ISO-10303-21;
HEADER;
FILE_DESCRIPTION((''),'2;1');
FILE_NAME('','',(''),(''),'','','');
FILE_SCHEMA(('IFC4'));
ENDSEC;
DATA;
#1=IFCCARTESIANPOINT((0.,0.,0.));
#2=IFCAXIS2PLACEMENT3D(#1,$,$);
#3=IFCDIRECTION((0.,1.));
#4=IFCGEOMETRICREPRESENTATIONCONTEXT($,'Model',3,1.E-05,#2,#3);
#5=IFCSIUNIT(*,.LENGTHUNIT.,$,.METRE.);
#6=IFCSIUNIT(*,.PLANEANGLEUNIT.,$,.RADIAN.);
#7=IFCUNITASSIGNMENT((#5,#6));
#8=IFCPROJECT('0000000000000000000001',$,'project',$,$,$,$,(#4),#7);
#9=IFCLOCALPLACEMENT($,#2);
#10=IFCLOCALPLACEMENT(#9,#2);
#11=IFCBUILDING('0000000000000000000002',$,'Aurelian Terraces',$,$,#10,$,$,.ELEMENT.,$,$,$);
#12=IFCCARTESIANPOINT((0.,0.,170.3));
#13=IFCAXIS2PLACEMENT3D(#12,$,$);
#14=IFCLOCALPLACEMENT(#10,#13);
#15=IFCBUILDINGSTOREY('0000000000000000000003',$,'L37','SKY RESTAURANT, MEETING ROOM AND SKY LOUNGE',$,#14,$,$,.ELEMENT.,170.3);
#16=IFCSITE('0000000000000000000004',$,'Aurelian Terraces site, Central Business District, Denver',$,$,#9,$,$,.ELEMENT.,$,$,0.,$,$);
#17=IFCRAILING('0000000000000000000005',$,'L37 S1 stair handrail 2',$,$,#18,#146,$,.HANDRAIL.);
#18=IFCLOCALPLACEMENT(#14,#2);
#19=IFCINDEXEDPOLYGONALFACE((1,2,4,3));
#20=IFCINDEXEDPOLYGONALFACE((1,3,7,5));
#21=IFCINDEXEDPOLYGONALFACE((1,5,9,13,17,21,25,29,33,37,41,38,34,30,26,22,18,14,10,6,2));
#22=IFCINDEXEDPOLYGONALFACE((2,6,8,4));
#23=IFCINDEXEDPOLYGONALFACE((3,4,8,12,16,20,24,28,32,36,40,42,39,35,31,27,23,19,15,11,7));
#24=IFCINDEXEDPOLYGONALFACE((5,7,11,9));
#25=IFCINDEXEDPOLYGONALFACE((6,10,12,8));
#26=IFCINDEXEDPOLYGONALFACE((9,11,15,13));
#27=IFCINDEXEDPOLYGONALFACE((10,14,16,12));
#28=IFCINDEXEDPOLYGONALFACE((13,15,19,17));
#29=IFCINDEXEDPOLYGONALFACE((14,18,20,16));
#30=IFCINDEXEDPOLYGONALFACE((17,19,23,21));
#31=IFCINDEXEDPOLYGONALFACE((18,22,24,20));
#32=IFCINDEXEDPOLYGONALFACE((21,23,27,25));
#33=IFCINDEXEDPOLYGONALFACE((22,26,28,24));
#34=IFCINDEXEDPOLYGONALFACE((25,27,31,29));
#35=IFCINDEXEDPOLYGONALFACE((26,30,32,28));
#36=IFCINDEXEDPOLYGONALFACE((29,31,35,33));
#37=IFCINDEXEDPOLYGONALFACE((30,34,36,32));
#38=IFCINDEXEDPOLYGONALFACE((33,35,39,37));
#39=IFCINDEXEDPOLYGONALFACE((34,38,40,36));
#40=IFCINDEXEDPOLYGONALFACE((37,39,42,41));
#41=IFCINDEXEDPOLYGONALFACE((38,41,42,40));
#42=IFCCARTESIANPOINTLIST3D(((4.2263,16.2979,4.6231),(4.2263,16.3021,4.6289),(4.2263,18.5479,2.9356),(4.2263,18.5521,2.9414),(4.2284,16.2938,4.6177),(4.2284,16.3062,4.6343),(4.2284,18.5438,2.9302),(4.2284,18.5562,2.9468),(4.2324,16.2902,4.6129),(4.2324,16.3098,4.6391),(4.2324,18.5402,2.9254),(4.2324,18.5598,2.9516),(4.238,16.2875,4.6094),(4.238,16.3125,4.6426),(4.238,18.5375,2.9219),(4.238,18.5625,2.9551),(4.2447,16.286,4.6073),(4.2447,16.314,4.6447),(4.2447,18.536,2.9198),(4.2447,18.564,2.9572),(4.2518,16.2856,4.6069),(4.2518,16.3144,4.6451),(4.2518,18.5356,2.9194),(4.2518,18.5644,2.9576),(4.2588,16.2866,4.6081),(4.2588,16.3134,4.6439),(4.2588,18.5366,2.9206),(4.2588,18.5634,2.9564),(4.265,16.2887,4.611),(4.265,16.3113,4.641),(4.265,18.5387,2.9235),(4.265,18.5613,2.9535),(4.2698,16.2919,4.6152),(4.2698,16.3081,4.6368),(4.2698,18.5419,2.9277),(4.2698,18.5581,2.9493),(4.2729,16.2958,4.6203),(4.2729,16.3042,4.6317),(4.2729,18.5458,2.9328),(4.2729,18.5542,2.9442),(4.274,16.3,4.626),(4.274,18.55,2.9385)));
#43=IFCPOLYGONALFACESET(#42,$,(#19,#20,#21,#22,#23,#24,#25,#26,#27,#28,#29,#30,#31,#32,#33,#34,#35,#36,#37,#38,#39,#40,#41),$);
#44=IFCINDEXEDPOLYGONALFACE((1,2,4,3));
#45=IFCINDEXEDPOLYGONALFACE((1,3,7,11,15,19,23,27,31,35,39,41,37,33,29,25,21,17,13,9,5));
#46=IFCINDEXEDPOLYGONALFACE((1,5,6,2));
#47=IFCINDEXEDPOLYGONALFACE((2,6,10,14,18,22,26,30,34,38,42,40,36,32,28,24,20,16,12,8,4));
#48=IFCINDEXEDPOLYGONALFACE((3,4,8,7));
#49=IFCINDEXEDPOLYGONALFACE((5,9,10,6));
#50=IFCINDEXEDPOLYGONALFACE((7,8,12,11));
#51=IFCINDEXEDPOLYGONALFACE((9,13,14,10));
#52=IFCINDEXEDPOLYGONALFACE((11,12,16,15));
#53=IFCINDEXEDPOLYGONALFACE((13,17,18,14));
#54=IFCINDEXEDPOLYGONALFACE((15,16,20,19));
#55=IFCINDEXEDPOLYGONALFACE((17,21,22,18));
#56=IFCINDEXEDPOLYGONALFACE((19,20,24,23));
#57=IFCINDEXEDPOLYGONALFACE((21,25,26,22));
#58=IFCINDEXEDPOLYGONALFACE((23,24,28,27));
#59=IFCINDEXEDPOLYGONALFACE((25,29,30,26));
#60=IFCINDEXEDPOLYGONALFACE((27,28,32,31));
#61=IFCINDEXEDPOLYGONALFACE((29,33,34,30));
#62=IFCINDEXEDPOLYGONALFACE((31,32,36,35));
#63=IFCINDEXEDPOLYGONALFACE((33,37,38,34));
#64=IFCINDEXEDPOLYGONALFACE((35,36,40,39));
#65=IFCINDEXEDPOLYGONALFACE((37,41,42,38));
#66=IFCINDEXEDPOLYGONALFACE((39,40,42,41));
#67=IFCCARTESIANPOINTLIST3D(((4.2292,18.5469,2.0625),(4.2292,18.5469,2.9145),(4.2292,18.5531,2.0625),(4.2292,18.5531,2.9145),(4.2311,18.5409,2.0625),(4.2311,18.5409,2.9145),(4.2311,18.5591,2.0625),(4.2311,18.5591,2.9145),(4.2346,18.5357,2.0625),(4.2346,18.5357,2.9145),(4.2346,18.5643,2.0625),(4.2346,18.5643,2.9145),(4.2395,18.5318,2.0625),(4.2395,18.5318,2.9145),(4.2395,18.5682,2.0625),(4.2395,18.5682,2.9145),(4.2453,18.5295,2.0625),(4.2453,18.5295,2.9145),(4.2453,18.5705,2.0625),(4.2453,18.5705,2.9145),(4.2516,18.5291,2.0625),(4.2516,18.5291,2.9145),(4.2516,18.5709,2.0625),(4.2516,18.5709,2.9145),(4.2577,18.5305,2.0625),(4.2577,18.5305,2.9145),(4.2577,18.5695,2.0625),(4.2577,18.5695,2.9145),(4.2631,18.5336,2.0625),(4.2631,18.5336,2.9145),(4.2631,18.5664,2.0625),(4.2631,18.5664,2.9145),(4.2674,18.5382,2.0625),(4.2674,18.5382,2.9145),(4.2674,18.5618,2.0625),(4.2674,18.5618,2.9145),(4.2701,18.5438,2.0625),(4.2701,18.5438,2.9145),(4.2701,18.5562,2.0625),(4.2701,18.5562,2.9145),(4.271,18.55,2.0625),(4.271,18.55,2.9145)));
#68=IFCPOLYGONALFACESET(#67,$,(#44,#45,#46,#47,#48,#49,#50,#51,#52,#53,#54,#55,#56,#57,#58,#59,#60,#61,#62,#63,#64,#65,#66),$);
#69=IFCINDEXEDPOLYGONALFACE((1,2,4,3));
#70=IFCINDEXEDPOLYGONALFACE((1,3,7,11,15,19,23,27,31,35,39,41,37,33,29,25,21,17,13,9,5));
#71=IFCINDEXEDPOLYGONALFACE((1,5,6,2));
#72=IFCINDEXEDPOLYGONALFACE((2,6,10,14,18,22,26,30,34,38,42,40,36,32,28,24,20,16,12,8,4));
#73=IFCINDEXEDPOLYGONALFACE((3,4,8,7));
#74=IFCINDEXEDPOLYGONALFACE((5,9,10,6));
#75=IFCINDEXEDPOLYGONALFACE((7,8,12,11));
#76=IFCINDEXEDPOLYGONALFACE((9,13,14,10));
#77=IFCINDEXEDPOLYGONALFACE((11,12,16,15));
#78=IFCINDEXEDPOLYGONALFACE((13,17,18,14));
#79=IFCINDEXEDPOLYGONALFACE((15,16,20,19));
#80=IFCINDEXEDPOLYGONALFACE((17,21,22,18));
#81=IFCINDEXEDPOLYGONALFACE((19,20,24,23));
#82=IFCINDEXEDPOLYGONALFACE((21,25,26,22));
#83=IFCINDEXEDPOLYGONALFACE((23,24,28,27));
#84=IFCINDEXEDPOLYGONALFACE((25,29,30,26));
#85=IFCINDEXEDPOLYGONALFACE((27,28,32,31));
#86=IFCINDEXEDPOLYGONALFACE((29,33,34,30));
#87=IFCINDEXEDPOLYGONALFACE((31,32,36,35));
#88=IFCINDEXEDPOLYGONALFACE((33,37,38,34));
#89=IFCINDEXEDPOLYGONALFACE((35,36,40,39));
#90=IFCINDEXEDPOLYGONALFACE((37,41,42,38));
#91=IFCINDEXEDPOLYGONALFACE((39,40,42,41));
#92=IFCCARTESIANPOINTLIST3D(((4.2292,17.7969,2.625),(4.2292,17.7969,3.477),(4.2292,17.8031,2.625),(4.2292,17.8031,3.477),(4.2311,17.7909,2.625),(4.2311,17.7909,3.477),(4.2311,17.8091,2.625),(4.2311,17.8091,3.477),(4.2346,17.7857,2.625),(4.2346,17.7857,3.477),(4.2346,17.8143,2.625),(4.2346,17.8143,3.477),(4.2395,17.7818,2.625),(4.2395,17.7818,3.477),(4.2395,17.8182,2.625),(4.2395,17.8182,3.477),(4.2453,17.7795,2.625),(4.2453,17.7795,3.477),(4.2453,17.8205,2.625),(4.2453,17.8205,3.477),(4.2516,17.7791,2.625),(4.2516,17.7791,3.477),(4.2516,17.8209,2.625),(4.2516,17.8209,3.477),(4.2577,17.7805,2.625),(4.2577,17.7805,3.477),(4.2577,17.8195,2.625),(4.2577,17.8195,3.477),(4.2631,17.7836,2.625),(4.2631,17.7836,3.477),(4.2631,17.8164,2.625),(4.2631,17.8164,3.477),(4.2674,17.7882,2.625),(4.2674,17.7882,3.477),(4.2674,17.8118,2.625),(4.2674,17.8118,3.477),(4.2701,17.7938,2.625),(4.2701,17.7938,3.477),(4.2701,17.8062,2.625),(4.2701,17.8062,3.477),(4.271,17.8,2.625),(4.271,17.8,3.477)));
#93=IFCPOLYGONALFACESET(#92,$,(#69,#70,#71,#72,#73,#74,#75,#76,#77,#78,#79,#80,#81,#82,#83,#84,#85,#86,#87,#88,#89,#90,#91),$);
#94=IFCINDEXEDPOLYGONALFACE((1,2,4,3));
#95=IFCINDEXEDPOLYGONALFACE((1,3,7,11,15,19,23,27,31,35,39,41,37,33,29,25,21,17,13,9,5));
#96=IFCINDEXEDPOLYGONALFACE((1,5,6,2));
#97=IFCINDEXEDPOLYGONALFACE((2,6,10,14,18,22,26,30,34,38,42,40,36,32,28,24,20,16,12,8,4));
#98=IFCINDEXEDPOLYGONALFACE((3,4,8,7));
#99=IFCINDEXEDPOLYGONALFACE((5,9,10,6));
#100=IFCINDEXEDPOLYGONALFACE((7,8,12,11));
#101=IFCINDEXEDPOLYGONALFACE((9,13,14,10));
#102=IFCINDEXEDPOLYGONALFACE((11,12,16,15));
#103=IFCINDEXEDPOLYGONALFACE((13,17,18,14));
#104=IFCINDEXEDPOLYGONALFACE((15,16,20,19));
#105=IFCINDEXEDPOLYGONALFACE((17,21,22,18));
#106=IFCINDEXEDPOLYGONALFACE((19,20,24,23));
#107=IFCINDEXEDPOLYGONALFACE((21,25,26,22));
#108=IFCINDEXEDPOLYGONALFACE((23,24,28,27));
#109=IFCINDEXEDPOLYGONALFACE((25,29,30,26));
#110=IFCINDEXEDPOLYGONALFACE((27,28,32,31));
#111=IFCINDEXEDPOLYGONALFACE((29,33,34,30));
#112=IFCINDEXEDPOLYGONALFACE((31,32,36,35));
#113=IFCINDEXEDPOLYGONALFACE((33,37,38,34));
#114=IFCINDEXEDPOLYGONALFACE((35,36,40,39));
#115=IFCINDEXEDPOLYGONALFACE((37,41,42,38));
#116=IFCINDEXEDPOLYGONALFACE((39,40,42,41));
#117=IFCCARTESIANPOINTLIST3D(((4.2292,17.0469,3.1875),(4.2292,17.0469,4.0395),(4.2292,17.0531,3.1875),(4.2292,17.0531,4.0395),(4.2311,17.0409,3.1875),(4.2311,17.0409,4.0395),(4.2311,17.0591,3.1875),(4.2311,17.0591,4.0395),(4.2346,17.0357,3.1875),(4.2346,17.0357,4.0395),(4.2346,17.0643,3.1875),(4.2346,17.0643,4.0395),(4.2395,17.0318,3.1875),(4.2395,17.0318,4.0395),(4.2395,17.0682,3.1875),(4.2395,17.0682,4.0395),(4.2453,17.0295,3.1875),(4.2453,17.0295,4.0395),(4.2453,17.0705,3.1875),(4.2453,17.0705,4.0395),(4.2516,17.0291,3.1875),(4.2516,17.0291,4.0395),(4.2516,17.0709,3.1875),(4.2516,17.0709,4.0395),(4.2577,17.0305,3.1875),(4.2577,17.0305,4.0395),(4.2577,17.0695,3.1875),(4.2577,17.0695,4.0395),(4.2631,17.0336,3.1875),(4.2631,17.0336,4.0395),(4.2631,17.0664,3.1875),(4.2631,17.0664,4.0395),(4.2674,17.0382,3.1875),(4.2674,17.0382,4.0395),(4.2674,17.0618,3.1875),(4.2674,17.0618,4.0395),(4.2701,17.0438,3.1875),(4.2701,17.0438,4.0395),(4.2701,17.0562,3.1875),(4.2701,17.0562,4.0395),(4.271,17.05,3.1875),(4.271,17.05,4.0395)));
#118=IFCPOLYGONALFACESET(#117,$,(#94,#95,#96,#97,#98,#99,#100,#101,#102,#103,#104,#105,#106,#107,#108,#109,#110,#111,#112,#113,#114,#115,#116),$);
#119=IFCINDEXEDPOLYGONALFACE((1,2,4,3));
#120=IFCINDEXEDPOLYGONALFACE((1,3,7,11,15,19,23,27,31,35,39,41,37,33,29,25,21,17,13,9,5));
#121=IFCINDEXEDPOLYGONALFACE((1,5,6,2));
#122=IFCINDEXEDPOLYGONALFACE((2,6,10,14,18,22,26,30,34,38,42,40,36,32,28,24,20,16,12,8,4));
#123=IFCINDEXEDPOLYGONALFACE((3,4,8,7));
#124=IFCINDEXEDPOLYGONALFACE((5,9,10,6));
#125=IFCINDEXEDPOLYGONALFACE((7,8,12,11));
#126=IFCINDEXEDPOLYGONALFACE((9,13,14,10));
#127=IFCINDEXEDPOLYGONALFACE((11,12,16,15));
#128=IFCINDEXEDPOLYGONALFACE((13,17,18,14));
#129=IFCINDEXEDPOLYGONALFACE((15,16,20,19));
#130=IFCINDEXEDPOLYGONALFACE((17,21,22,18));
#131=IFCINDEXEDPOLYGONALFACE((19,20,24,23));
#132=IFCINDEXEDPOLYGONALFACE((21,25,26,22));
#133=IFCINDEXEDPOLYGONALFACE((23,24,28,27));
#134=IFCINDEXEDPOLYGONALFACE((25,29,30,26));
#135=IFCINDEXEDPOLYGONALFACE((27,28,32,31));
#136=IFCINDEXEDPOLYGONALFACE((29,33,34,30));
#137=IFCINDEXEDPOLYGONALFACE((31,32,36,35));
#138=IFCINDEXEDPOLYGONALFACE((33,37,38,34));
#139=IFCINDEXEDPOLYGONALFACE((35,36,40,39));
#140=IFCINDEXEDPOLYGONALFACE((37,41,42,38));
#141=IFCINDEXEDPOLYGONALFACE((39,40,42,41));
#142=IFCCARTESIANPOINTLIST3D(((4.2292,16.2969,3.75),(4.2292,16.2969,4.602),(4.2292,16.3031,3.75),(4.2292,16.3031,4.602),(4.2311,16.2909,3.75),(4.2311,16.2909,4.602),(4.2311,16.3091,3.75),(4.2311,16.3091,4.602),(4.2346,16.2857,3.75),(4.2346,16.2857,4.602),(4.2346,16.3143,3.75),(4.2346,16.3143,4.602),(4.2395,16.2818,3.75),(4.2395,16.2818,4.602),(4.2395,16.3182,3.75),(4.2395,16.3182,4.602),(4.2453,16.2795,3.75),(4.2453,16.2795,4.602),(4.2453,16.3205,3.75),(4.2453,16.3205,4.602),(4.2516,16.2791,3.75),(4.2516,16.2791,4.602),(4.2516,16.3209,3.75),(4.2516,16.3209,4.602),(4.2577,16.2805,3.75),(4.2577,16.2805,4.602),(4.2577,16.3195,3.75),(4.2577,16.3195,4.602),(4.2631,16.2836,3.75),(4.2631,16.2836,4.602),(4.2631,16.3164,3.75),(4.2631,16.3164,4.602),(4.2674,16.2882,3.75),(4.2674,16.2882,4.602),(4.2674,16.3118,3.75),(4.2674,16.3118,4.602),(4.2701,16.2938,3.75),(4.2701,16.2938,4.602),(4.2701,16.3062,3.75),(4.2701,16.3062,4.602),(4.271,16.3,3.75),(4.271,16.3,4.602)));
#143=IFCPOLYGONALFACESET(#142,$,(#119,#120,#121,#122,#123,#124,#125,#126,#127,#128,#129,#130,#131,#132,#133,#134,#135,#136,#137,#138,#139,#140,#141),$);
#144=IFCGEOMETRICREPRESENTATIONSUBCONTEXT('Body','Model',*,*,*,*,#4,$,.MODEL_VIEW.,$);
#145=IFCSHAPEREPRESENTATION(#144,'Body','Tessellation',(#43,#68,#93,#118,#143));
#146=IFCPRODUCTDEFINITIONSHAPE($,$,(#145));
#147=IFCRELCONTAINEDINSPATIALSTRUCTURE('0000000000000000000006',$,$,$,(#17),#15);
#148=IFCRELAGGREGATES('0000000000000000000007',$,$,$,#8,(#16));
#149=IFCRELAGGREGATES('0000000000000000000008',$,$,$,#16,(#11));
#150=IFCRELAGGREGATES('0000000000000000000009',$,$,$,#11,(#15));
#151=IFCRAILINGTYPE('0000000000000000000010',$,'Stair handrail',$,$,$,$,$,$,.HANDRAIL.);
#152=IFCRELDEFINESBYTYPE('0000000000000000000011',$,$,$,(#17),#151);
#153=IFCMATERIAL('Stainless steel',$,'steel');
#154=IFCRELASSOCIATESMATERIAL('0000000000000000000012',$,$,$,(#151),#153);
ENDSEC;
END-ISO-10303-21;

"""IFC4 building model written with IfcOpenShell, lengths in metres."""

from ifc_helpers import new_model, si_unit, direction, frame, origin, origin_2d, place, context, subcontext, project, spatial, circle, extrude, source, transform, mapped, material, type_object, element, save


model = new_model("IFC4")

# Units and contexts
model_context = context("Model", 3, precision=1e-05, world=origin(), true_north=direction((0.0, 1.0)))
body_context = subcontext(model_context, "Body", "Model", "MODEL_VIEW")
ifc_project = project(units=[si_unit("LENGTHUNIT", "METRE"), si_unit("PLANEANGLEUNIT", "RADIAN")], contexts=[model_context])

# Site, building, storey
site_placement = place(None, origin())
site = spatial("IfcSite", under=ifc_project, at=site_placement, Name="Aurelian Terraces site, Central Business District, Denver", CompositionType="ELEMENT", RefElevation=0.0)
building_placement = place(site_placement, origin())
building = spatial("IfcBuilding", under=site, at=building_placement, Name="Aurelian Terraces", CompositionType="ELEMENT")
storey_placement = place(building_placement, frame((0.0, 0.0, 170.3)))
storey = spatial("IfcBuildingStorey", under=building, at=storey_placement, Name="L37", Description="SKY RESTAURANT, MEETING ROOM AND SKY LOUNGE", CompositionType="ELEMENT", Elevation=170.3)

# Shared definitions
ifc_material_1 = material(Name="Stainless steel", Category="steel")

# Railing
railing_type_1 = type_object("IfcRailingType", Name="Stair handrail", PredefinedType="HANDRAIL", material=ifc_material_1)
shared_shape_1 = source(origin(), body_context, "Body", "SweptSolid", [
    extrude(circle(Radius=0.024, at=origin_2d()), frame((0.0, 0.0, 0.876), z_axis=(0.0, -0.8, 0.6), x_axis=(1.0, 0.0, 0.0)), (0.0, 0.0, 1.0), 2.8125),
    extrude(circle(Radius=0.021, at=origin_2d()), origin(), (0.0, 0.0, 1.0), 0.852),
    extrude(circle(Radius=0.021, at=origin_2d()), frame((0.0, -0.75, 0.5625)), (0.0, 0.0, 1.0), 0.852),
    extrude(circle(Radius=0.021, at=origin_2d()), frame((0.0, -1.5, 1.125)), (0.0, 0.0, 1.0), 0.852),
    extrude(circle(Radius=0.021, at=origin_2d()), frame((0.0, -2.25, 1.6875)), (0.0, 0.0, 1.0), 0.852),
])
for number, where, name in (
    (1, (4.25, 18.55, 2.0625), "L37 S1 stair handrail 2"),
):
    element("IfcRailing", number, at=place(storey_placement, frame(where)), inside=storey, type_object=railing_type_1, Name=name, PredefinedType="HANDRAIL", context=body_context, shape_type="MappedRepresentation", body=[
        mapped(shared_shape_1, transform((0.0, 0.0, 0.0), scale=1.0)),
    ])

save(model, "model.ifc")
